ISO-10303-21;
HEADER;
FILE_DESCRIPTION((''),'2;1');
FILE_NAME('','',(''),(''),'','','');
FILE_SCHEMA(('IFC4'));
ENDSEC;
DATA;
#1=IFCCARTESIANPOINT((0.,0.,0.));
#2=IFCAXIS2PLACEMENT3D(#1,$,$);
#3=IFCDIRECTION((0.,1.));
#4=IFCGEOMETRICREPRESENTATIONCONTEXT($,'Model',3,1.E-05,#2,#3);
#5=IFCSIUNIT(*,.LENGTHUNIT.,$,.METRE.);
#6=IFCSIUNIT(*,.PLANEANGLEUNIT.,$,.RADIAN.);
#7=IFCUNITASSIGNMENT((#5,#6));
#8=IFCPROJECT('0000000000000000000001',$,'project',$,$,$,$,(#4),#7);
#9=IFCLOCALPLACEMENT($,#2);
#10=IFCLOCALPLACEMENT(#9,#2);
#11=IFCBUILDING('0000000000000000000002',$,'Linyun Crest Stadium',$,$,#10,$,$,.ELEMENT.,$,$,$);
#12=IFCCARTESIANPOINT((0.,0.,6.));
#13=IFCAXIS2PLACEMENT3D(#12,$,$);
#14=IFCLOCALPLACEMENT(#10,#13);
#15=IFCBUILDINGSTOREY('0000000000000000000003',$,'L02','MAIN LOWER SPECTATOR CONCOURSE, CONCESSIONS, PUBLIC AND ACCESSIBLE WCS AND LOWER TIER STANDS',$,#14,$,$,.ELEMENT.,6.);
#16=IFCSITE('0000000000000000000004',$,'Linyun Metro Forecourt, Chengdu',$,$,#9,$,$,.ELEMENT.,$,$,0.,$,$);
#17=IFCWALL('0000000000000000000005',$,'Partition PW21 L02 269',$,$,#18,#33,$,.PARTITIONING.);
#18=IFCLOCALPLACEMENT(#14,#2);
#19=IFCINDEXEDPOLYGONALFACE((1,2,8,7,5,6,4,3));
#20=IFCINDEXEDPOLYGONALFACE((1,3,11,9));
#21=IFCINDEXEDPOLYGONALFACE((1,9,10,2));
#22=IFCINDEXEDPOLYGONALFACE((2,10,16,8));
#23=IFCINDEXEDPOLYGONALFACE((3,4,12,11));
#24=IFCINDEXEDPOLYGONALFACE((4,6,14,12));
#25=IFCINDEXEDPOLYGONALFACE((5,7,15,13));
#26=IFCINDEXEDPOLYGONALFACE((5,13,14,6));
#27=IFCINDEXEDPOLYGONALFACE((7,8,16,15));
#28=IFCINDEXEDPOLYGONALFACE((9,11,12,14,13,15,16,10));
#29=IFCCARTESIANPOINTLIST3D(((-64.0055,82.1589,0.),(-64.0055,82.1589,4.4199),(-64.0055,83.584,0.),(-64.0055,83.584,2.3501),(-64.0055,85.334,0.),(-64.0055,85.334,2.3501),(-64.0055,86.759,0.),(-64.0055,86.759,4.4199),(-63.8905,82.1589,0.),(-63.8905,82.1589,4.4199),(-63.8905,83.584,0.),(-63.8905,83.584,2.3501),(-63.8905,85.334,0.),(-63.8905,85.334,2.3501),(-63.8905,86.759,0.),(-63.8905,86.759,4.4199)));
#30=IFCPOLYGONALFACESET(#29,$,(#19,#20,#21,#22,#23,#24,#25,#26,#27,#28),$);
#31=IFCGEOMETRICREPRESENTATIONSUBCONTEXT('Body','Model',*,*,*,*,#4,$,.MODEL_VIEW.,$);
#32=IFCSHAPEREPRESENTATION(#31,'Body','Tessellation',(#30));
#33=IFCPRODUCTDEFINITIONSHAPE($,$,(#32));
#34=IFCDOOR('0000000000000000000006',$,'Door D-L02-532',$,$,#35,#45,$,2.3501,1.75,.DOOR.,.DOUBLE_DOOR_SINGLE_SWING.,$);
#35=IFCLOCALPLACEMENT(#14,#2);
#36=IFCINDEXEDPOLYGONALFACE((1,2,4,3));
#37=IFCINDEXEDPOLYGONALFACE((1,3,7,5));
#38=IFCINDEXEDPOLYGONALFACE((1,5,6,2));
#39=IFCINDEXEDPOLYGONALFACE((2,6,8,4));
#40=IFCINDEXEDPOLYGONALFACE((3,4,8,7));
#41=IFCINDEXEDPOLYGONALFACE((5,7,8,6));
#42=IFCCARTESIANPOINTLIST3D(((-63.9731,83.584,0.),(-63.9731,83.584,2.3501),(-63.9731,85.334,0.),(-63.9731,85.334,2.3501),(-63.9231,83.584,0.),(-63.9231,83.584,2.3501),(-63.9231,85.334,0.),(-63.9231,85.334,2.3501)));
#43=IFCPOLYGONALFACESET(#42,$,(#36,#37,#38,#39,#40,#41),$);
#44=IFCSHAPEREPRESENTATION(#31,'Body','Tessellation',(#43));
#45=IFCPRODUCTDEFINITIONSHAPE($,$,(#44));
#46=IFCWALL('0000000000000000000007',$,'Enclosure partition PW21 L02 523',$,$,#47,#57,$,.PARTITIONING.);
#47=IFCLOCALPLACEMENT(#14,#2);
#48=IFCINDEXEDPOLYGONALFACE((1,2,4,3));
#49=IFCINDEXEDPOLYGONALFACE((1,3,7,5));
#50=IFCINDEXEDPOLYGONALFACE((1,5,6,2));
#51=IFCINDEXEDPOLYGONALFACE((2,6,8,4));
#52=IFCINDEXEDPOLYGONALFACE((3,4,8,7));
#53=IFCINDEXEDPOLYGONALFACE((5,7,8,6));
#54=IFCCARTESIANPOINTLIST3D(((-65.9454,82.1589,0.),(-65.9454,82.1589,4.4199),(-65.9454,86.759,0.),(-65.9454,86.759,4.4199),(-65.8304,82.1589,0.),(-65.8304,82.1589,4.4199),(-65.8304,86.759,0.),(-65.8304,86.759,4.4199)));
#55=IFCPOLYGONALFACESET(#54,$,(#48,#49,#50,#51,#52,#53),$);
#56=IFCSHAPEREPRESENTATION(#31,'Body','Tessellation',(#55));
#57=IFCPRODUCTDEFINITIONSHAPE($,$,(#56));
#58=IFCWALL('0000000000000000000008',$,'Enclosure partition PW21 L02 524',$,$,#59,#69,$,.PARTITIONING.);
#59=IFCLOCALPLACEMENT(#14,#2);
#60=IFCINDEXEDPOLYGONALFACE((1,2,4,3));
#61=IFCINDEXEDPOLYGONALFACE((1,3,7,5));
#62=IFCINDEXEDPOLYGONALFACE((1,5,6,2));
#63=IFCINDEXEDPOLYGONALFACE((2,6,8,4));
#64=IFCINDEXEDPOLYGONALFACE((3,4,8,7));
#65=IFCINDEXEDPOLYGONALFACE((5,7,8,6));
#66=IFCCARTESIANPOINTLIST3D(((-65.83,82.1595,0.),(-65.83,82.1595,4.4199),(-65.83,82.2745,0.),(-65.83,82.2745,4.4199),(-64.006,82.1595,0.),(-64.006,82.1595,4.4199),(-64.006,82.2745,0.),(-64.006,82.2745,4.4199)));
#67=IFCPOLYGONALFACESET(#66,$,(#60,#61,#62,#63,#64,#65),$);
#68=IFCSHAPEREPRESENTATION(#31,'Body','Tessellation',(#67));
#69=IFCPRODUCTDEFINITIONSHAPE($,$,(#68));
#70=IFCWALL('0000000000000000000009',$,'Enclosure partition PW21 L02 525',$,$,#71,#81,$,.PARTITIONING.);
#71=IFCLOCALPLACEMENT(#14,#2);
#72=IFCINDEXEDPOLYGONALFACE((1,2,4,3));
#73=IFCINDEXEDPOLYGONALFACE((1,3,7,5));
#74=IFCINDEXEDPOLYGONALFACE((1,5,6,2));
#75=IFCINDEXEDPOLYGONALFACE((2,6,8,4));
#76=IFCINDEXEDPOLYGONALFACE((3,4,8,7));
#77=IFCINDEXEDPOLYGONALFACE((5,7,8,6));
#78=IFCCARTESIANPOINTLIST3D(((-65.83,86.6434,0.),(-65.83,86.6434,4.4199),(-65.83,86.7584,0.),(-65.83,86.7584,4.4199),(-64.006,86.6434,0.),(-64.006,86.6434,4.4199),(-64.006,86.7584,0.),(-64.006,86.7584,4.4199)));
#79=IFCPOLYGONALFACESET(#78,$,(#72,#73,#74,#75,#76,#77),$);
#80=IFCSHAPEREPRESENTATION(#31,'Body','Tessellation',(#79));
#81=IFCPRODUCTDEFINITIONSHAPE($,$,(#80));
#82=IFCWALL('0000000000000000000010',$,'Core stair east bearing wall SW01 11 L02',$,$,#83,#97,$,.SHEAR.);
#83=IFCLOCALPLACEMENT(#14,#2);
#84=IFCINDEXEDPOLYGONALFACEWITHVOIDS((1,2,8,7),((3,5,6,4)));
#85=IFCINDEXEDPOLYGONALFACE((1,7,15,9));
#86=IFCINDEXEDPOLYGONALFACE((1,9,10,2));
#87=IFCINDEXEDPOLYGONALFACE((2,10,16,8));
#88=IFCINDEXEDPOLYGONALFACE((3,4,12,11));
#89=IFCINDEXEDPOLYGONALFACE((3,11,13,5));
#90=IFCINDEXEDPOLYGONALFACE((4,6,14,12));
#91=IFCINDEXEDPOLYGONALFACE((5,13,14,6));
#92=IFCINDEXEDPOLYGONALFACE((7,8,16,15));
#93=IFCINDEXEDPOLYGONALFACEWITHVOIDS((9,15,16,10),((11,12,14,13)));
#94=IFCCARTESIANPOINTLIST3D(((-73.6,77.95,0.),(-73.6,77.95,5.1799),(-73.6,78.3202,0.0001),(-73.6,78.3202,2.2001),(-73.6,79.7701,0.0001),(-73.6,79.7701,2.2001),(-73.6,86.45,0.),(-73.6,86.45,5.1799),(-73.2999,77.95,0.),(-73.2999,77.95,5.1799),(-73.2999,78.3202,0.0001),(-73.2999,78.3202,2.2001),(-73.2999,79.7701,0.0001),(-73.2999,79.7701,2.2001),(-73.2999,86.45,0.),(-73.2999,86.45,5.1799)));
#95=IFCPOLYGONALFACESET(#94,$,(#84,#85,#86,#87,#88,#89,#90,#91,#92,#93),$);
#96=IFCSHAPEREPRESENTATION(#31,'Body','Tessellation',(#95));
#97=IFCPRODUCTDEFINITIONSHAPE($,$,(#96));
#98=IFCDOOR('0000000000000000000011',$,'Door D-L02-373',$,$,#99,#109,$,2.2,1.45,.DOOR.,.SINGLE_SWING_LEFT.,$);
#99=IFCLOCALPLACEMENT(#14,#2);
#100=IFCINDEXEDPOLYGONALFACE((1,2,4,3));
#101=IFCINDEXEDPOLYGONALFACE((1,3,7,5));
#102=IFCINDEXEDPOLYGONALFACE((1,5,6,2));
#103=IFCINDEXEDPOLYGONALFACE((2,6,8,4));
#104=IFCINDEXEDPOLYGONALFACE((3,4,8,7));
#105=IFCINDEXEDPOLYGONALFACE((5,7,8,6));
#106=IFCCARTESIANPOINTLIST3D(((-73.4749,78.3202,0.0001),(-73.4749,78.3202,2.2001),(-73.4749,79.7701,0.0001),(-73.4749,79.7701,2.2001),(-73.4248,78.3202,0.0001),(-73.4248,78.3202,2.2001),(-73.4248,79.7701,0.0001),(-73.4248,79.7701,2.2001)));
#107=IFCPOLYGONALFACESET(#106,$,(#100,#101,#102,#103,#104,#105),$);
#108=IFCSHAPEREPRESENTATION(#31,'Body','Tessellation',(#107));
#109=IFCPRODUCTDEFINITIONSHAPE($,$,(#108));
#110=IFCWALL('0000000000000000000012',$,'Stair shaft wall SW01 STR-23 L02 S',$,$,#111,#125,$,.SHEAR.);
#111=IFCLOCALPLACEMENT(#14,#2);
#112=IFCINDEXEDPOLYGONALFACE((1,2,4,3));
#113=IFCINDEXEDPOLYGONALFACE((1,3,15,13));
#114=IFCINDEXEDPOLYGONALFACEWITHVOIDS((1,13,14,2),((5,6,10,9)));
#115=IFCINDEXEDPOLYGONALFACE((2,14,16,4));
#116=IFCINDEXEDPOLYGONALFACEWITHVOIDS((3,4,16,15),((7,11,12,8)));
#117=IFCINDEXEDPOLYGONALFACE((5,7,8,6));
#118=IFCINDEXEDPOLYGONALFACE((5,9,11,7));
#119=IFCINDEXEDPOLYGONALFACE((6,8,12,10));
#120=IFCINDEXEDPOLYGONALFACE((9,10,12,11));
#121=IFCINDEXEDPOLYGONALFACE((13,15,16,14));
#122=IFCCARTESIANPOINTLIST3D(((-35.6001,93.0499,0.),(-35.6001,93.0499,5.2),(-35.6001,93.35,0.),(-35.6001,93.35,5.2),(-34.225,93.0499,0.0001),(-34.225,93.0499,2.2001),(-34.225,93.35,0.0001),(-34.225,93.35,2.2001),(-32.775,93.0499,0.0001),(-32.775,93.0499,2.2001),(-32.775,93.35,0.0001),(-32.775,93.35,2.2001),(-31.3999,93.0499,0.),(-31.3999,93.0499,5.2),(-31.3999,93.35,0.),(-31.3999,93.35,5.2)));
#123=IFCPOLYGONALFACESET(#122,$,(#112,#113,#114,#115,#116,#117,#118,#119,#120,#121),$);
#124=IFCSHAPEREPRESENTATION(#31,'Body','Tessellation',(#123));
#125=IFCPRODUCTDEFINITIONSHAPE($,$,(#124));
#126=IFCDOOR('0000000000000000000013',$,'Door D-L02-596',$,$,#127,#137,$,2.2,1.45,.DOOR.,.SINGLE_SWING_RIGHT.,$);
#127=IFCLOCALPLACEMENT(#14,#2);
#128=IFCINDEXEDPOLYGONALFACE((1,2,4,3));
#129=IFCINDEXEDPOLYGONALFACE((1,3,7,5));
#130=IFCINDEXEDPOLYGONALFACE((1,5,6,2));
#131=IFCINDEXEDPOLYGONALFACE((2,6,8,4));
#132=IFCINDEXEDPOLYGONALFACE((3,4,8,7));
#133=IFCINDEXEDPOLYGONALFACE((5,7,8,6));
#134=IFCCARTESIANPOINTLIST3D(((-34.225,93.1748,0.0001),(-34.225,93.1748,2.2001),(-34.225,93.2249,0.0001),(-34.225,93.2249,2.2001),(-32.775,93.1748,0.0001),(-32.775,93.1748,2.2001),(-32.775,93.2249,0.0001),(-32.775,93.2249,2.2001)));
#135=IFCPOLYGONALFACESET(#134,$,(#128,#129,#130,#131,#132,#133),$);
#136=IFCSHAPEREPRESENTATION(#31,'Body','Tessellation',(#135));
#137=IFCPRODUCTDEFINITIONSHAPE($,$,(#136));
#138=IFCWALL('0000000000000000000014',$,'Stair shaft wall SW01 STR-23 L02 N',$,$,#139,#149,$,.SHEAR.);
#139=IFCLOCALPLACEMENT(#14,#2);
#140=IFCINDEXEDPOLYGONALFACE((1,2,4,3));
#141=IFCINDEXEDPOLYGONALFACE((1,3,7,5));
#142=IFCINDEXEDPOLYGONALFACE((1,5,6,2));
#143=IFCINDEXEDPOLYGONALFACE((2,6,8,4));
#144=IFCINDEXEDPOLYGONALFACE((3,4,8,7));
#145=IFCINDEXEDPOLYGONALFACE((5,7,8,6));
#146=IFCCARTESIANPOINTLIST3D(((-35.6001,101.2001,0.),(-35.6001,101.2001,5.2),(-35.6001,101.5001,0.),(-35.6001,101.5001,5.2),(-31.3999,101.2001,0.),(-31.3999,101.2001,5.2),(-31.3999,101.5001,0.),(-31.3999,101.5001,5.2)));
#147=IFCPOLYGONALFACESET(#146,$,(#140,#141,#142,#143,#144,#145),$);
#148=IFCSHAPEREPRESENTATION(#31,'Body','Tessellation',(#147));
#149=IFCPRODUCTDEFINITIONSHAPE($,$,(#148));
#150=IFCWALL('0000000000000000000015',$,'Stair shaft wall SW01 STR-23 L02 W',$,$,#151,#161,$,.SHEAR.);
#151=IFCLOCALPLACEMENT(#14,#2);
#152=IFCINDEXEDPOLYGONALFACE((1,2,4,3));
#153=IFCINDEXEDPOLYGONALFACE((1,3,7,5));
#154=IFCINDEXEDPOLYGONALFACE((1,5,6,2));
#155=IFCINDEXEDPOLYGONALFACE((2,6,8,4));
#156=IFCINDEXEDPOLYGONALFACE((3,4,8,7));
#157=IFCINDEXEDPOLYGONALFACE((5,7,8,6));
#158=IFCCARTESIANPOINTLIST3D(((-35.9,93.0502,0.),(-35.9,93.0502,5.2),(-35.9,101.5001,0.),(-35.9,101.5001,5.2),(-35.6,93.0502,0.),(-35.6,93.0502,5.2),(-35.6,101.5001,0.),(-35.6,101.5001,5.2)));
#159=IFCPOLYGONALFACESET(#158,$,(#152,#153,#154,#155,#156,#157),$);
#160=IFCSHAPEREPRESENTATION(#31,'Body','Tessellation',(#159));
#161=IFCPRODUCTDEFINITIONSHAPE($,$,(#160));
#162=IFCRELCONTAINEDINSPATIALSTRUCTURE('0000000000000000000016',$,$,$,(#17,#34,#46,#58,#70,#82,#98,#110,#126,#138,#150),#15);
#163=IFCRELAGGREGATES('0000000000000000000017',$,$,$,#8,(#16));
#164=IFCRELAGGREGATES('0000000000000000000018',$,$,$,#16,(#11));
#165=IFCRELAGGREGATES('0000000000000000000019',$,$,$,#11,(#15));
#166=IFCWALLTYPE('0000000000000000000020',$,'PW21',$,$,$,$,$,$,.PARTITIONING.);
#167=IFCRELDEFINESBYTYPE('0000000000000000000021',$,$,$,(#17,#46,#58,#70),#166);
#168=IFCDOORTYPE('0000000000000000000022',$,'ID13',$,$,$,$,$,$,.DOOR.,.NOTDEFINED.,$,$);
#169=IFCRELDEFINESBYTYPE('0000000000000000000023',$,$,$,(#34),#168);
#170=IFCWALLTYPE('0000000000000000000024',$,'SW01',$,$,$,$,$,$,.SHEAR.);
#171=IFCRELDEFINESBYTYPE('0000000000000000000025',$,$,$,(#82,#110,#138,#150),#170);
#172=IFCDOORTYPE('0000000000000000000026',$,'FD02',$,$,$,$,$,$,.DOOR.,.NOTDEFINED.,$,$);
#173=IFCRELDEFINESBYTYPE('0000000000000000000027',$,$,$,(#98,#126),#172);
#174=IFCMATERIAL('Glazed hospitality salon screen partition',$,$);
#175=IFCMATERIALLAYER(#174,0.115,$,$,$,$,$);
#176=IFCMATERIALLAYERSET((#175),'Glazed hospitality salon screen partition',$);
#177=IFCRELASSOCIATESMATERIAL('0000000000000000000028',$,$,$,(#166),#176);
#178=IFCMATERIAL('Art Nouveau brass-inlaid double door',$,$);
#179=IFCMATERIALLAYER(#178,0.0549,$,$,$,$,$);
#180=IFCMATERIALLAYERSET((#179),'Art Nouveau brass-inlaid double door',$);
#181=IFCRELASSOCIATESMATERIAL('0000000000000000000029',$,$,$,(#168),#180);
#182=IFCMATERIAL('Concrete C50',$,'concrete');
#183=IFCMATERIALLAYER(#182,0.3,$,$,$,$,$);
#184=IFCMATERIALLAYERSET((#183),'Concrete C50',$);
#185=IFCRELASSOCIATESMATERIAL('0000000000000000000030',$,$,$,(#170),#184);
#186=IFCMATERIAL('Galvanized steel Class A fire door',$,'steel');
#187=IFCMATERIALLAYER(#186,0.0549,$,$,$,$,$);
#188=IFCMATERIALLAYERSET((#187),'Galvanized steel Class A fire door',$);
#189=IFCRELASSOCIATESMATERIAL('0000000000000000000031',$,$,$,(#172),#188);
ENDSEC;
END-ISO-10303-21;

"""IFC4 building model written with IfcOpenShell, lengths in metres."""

from ifc_helpers import new_model, si_unit, direction, frame, frame_2d, origin, place, context, subcontext, project, spatial, rectangle, extrude, material, layer, layer_set, type_object, element, fill, save


model = new_model("IFC4")

# Units and contexts
model_context = context("Model", 3, precision=1e-05, world=origin(), true_north=direction((0.0, 1.0)))
body_context = subcontext(model_context, "Body", "Model", "MODEL_VIEW")
ifc_project = project(units=[si_unit("LENGTHUNIT", "METRE"), si_unit("PLANEANGLEUNIT", "RADIAN")], contexts=[model_context])

# Site, building, storey
site_placement = place(None, origin())
site = spatial("IfcSite", under=ifc_project, at=site_placement, Name="Linyun Metro Forecourt, Chengdu", CompositionType="ELEMENT", RefElevation=0.0)
building_placement = place(site_placement, origin())
building = spatial("IfcBuilding", under=site, at=building_placement, Name="Linyun Crest Stadium", CompositionType="ELEMENT")
storey_placement = place(building_placement, frame((0.0, 0.0, 6.0)))
storey = spatial("IfcBuildingStorey", under=building, at=storey_placement, Name="L02", Description="MAIN LOWER SPECTATOR CONCOURSE, CONCESSIONS, PUBLIC AND ACCESSIBLE WCS AND LOWER TIER STANDS", CompositionType="ELEMENT", Elevation=6.0)

# Wall, opening, door
ifc_material_1 = material(Name="Glazed hospitality salon screen partition")
ifc_layer_1 = layer(ifc_material_1, 0.115)
ifc_layer_set_1 = layer_set([ifc_layer_1], Name="Glazed hospitality salon screen partition")
wall_type_1 = type_object("IfcWallType", Name="PW21", PredefinedType="PARTITIONING", material=ifc_layer_set_1)
wall_1_placement = place(storey_placement, frame((-63.948, 86.759, 0.0), z_axis=(0.0, 0.0, 1.0), x_axis=(0.0, -1.0, 0.0)))
wall_1 = element("IfcWall", 1, at=wall_1_placement, inside=storey, type_object=wall_type_1, Name="Partition PW21 L02 269", PredefinedType="PARTITIONING", context=body_context, shape_type="SweptSolid", body=[
    extrude(rectangle(XDim=4.6001, YDim=0.115, at=frame_2d((2.3, 0.0))), origin(), (0.0, 0.0, 1.0), 4.4199),
])
opening_1_placement = place(wall_1_placement, frame((1.425, 0.0, 0.0)))
opening_1 = element("IfcOpeningElement", 2, at=opening_1_placement, cuts=wall_1, PredefinedType="OPENING", context=body_context, shape_type="SweptSolid", body=[
    extrude(rectangle(XDim=1.75, YDim=2.3501, at=frame_2d((0.875, 1.175))), frame((0.0, 0.0674, 0.0), z_axis=(0.0, -1.0, 0.0), x_axis=(1.0, 0.0, 0.0)), (0.0, 0.0, 1.0), 0.135),
])
ifc_material_2 = material(Name="Art Nouveau brass-inlaid double door")
ifc_layer_2 = layer(ifc_material_2, 0.0549)
ifc_layer_set_2 = layer_set([ifc_layer_2], Name="Art Nouveau brass-inlaid double door")
door_type_1 = type_object("IfcDoorType", Name="ID13", OperationType="NOTDEFINED", PredefinedType="DOOR", material=ifc_layer_set_2)
door_1_placement = place(opening_1_placement, origin())
door_1 = element("IfcDoor", 3, at=door_1_placement, inside=storey, type_object=door_type_1, Name="Door D-L02-532", OperationType="DOUBLE_DOOR_SINGLE_SWING", OverallHeight=2.3501, OverallWidth=1.75, PredefinedType="DOOR", context=body_context, shape_type="SweptSolid", body=[
    extrude(rectangle(XDim=1.75, YDim=2.3501, at=frame_2d((0.875, 1.175))), frame((0.0, 0.0249, 0.0), z_axis=(0.0, -1.0, 0.0), x_axis=(1.0, 0.0, 0.0)), (0.0, 0.0, 1.0), 0.05),
])
fill(opening_1, door_1)

# Walls
wall_2_placement = place(storey_placement, frame((-65.8879, 82.1589, 0.0), z_axis=(0.0, 0.0, 1.0), x_axis=(0.0, 1.0, 0.0)))
element("IfcWall", 4, at=wall_2_placement, inside=storey, type_object=wall_type_1, Name="Enclosure partition PW21 L02 523", PredefinedType="PARTITIONING", context=body_context, shape_type="SweptSolid", body=[
    extrude(rectangle(XDim=4.6001, YDim=0.115, at=frame_2d((2.3, 0.0))), origin(), (0.0, 0.0, 1.0), 4.4199),
])
for number, where, z_axis, x_axis, name in (
    (5, (-65.8301, 82.217, 0.0), (0.0, 0.0, 1.0), (1.0, 0.0, 0.0), "Enclosure partition PW21 L02 524"),
    (6, (-65.8301, 86.7009, 0.0), (0.0, 0.0, 1.0), (1.0, 0.0, 0.0), "Enclosure partition PW21 L02 525"),
):
    element("IfcWall", number, at=place(storey_placement, frame(where, z_axis=z_axis, x_axis=x_axis)), inside=storey, type_object=wall_type_1, Name=name, PredefinedType="PARTITIONING", context=body_context, shape_type="SweptSolid", body=[
        extrude(rectangle(XDim=1.824, YDim=0.115, at=frame_2d((0.9121, 0.0))), origin(), (0.0, 0.0, 1.0), 4.4199),
    ])

# Walls, openings, doors
ifc_material_3 = material(Name="Concrete C50", Category="concrete")
ifc_layer_3 = layer(ifc_material_3, 0.3)
ifc_layer_set_3 = layer_set([ifc_layer_3], Name="Concrete C50")
wall_type_2 = type_object("IfcWallType", Name="SW01", PredefinedType="SHEAR", material=ifc_layer_set_3)
wall_3_placement = place(storey_placement, frame((-73.45, 77.95, 0.0), z_axis=(0.0, 0.0, 1.0), x_axis=(0.0, 1.0, 0.0)))
wall_3 = element("IfcWall", 7, at=wall_3_placement, inside=storey, type_object=wall_type_2, Name="Core stair east bearing wall SW01 11 L02", PredefinedType="SHEAR", context=body_context, shape_type="SweptSolid", body=[
    extrude(rectangle(XDim=8.5, YDim=0.3, at=frame_2d((4.25, 0.0))), origin(), (0.0, 0.0, 1.0), 5.1799),
])
opening_2_placement = place(wall_3_placement, frame((0.3701, 0.0, 0.0)))
opening_2 = element("IfcOpeningElement", 8, at=opening_2_placement, cuts=wall_3, PredefinedType="OPENING", context=body_context, shape_type="SweptSolid", body=[
    extrude(rectangle(XDim=1.45, YDim=2.2, at=frame_2d((0.7251, 1.1001))), frame((0.0, 0.1599, 0.0), z_axis=(0.0, -1.0, 0.0), x_axis=(1.0, 0.0, 0.0)), (0.0, 0.0, 1.0), 0.3201),
])
ifc_material_4 = material(Name="Galvanized steel Class A fire door", Category="steel")
ifc_layer_4 = layer(ifc_material_4, 0.0549)
ifc_layer_set_4 = layer_set([ifc_layer_4], Name="Galvanized steel Class A fire door")
door_type_2 = type_object("IfcDoorType", Name="FD02", OperationType="NOTDEFINED", PredefinedType="DOOR", material=ifc_layer_set_4)
door_2_placement = place(opening_2_placement, origin())
door_2 = element("IfcDoor", 9, at=door_2_placement, inside=storey, type_object=door_type_2, Name="Door D-L02-373", OperationType="SINGLE_SWING_LEFT", OverallHeight=2.2, OverallWidth=1.45, PredefinedType="DOOR", context=body_context, shape_type="SweptSolid", body=[
    extrude(rectangle(XDim=1.45, YDim=2.2, at=frame_2d((0.7251, 1.1001))), frame((0.0, 0.0249, 0.0), z_axis=(0.0, -1.0, 0.0), x_axis=(1.0, 0.0, 0.0)), (0.0, 0.0, 1.0), 0.05),
])
fill(opening_2, door_2)
wall_4_placement = place(storey_placement, frame((-35.6001, 93.2, 0.0), z_axis=(0.0, 0.0, 1.0), x_axis=(1.0, 0.0, 0.0)))
wall_4 = element("IfcWall", 10, at=wall_4_placement, inside=storey, type_object=wall_type_2, Name="Stair shaft wall SW01 STR-23 L02 S", PredefinedType="SHEAR", context=body_context, shape_type="SweptSolid", body=[
    extrude(rectangle(XDim=4.2002, YDim=0.3, at=frame_2d((2.1001, 0.0))), origin(), (0.0, 0.0, 1.0), 5.2),
])
opening_3_placement = place(wall_4_placement, frame((1.375, 0.0, 0.0)))
opening_3 = element("IfcOpeningElement", 11, at=opening_3_placement, cuts=wall_4, PredefinedType="OPENING", context=body_context, shape_type="SweptSolid", body=[
    extrude(rectangle(XDim=1.45, YDim=2.2, at=frame_2d((0.7251, 1.1001))), frame((0.0, 0.1599, 0.0), z_axis=(0.0, -1.0, 0.0), x_axis=(1.0, 0.0, 0.0)), (0.0, 0.0, 1.0), 0.3201),
])
door_3_placement = place(opening_3_placement, origin())
door_3 = element("IfcDoor", 12, at=door_3_placement, inside=storey, type_object=door_type_2, Name="Door D-L02-596", OperationType="SINGLE_SWING_RIGHT", OverallHeight=2.2, OverallWidth=1.45, PredefinedType="DOOR", context=body_context, shape_type="SweptSolid", body=[
    extrude(rectangle(XDim=1.45, YDim=2.2, at=frame_2d((0.7251, 1.1001))), frame((0.0, 0.0249, 0.0), z_axis=(0.0, -1.0, 0.0), x_axis=(1.0, 0.0, 0.0)), (0.0, 0.0, 1.0), 0.05),
])
fill(opening_3, door_3)

# Walls
wall_5_placement = place(storey_placement, frame((-35.6001, 101.3501, 0.0), z_axis=(0.0, 0.0, 1.0), x_axis=(1.0, 0.0, 0.0)))
element("IfcWall", 13, at=wall_5_placement, inside=storey, type_object=wall_type_2, Name="Stair shaft wall SW01 STR-23 L02 N", PredefinedType="SHEAR", context=body_context, shape_type="SweptSolid", body=[
    extrude(rectangle(XDim=4.2002, YDim=0.3, at=frame_2d((2.1001, 0.0))), origin(), (0.0, 0.0, 1.0), 5.2),
])
wall_6_placement = place(storey_placement, frame((-35.75, 93.05, 0.0), z_axis=(0.0, 0.0, 1.0), x_axis=(0.0, 1.0, 0.0)))
element("IfcWall", 14, at=wall_6_placement, inside=storey, type_object=wall_type_2, Name="Stair shaft wall SW01 STR-23 L02 W", PredefinedType="SHEAR", context=body_context, shape_type="SweptSolid", body=[
    extrude(rectangle(XDim=8.45, YDim=0.3, at=frame_2d((4.2251, 0.0))), origin(), (0.0, 0.0, 1.0), 5.2),
])

save(model, "model.ifc")
